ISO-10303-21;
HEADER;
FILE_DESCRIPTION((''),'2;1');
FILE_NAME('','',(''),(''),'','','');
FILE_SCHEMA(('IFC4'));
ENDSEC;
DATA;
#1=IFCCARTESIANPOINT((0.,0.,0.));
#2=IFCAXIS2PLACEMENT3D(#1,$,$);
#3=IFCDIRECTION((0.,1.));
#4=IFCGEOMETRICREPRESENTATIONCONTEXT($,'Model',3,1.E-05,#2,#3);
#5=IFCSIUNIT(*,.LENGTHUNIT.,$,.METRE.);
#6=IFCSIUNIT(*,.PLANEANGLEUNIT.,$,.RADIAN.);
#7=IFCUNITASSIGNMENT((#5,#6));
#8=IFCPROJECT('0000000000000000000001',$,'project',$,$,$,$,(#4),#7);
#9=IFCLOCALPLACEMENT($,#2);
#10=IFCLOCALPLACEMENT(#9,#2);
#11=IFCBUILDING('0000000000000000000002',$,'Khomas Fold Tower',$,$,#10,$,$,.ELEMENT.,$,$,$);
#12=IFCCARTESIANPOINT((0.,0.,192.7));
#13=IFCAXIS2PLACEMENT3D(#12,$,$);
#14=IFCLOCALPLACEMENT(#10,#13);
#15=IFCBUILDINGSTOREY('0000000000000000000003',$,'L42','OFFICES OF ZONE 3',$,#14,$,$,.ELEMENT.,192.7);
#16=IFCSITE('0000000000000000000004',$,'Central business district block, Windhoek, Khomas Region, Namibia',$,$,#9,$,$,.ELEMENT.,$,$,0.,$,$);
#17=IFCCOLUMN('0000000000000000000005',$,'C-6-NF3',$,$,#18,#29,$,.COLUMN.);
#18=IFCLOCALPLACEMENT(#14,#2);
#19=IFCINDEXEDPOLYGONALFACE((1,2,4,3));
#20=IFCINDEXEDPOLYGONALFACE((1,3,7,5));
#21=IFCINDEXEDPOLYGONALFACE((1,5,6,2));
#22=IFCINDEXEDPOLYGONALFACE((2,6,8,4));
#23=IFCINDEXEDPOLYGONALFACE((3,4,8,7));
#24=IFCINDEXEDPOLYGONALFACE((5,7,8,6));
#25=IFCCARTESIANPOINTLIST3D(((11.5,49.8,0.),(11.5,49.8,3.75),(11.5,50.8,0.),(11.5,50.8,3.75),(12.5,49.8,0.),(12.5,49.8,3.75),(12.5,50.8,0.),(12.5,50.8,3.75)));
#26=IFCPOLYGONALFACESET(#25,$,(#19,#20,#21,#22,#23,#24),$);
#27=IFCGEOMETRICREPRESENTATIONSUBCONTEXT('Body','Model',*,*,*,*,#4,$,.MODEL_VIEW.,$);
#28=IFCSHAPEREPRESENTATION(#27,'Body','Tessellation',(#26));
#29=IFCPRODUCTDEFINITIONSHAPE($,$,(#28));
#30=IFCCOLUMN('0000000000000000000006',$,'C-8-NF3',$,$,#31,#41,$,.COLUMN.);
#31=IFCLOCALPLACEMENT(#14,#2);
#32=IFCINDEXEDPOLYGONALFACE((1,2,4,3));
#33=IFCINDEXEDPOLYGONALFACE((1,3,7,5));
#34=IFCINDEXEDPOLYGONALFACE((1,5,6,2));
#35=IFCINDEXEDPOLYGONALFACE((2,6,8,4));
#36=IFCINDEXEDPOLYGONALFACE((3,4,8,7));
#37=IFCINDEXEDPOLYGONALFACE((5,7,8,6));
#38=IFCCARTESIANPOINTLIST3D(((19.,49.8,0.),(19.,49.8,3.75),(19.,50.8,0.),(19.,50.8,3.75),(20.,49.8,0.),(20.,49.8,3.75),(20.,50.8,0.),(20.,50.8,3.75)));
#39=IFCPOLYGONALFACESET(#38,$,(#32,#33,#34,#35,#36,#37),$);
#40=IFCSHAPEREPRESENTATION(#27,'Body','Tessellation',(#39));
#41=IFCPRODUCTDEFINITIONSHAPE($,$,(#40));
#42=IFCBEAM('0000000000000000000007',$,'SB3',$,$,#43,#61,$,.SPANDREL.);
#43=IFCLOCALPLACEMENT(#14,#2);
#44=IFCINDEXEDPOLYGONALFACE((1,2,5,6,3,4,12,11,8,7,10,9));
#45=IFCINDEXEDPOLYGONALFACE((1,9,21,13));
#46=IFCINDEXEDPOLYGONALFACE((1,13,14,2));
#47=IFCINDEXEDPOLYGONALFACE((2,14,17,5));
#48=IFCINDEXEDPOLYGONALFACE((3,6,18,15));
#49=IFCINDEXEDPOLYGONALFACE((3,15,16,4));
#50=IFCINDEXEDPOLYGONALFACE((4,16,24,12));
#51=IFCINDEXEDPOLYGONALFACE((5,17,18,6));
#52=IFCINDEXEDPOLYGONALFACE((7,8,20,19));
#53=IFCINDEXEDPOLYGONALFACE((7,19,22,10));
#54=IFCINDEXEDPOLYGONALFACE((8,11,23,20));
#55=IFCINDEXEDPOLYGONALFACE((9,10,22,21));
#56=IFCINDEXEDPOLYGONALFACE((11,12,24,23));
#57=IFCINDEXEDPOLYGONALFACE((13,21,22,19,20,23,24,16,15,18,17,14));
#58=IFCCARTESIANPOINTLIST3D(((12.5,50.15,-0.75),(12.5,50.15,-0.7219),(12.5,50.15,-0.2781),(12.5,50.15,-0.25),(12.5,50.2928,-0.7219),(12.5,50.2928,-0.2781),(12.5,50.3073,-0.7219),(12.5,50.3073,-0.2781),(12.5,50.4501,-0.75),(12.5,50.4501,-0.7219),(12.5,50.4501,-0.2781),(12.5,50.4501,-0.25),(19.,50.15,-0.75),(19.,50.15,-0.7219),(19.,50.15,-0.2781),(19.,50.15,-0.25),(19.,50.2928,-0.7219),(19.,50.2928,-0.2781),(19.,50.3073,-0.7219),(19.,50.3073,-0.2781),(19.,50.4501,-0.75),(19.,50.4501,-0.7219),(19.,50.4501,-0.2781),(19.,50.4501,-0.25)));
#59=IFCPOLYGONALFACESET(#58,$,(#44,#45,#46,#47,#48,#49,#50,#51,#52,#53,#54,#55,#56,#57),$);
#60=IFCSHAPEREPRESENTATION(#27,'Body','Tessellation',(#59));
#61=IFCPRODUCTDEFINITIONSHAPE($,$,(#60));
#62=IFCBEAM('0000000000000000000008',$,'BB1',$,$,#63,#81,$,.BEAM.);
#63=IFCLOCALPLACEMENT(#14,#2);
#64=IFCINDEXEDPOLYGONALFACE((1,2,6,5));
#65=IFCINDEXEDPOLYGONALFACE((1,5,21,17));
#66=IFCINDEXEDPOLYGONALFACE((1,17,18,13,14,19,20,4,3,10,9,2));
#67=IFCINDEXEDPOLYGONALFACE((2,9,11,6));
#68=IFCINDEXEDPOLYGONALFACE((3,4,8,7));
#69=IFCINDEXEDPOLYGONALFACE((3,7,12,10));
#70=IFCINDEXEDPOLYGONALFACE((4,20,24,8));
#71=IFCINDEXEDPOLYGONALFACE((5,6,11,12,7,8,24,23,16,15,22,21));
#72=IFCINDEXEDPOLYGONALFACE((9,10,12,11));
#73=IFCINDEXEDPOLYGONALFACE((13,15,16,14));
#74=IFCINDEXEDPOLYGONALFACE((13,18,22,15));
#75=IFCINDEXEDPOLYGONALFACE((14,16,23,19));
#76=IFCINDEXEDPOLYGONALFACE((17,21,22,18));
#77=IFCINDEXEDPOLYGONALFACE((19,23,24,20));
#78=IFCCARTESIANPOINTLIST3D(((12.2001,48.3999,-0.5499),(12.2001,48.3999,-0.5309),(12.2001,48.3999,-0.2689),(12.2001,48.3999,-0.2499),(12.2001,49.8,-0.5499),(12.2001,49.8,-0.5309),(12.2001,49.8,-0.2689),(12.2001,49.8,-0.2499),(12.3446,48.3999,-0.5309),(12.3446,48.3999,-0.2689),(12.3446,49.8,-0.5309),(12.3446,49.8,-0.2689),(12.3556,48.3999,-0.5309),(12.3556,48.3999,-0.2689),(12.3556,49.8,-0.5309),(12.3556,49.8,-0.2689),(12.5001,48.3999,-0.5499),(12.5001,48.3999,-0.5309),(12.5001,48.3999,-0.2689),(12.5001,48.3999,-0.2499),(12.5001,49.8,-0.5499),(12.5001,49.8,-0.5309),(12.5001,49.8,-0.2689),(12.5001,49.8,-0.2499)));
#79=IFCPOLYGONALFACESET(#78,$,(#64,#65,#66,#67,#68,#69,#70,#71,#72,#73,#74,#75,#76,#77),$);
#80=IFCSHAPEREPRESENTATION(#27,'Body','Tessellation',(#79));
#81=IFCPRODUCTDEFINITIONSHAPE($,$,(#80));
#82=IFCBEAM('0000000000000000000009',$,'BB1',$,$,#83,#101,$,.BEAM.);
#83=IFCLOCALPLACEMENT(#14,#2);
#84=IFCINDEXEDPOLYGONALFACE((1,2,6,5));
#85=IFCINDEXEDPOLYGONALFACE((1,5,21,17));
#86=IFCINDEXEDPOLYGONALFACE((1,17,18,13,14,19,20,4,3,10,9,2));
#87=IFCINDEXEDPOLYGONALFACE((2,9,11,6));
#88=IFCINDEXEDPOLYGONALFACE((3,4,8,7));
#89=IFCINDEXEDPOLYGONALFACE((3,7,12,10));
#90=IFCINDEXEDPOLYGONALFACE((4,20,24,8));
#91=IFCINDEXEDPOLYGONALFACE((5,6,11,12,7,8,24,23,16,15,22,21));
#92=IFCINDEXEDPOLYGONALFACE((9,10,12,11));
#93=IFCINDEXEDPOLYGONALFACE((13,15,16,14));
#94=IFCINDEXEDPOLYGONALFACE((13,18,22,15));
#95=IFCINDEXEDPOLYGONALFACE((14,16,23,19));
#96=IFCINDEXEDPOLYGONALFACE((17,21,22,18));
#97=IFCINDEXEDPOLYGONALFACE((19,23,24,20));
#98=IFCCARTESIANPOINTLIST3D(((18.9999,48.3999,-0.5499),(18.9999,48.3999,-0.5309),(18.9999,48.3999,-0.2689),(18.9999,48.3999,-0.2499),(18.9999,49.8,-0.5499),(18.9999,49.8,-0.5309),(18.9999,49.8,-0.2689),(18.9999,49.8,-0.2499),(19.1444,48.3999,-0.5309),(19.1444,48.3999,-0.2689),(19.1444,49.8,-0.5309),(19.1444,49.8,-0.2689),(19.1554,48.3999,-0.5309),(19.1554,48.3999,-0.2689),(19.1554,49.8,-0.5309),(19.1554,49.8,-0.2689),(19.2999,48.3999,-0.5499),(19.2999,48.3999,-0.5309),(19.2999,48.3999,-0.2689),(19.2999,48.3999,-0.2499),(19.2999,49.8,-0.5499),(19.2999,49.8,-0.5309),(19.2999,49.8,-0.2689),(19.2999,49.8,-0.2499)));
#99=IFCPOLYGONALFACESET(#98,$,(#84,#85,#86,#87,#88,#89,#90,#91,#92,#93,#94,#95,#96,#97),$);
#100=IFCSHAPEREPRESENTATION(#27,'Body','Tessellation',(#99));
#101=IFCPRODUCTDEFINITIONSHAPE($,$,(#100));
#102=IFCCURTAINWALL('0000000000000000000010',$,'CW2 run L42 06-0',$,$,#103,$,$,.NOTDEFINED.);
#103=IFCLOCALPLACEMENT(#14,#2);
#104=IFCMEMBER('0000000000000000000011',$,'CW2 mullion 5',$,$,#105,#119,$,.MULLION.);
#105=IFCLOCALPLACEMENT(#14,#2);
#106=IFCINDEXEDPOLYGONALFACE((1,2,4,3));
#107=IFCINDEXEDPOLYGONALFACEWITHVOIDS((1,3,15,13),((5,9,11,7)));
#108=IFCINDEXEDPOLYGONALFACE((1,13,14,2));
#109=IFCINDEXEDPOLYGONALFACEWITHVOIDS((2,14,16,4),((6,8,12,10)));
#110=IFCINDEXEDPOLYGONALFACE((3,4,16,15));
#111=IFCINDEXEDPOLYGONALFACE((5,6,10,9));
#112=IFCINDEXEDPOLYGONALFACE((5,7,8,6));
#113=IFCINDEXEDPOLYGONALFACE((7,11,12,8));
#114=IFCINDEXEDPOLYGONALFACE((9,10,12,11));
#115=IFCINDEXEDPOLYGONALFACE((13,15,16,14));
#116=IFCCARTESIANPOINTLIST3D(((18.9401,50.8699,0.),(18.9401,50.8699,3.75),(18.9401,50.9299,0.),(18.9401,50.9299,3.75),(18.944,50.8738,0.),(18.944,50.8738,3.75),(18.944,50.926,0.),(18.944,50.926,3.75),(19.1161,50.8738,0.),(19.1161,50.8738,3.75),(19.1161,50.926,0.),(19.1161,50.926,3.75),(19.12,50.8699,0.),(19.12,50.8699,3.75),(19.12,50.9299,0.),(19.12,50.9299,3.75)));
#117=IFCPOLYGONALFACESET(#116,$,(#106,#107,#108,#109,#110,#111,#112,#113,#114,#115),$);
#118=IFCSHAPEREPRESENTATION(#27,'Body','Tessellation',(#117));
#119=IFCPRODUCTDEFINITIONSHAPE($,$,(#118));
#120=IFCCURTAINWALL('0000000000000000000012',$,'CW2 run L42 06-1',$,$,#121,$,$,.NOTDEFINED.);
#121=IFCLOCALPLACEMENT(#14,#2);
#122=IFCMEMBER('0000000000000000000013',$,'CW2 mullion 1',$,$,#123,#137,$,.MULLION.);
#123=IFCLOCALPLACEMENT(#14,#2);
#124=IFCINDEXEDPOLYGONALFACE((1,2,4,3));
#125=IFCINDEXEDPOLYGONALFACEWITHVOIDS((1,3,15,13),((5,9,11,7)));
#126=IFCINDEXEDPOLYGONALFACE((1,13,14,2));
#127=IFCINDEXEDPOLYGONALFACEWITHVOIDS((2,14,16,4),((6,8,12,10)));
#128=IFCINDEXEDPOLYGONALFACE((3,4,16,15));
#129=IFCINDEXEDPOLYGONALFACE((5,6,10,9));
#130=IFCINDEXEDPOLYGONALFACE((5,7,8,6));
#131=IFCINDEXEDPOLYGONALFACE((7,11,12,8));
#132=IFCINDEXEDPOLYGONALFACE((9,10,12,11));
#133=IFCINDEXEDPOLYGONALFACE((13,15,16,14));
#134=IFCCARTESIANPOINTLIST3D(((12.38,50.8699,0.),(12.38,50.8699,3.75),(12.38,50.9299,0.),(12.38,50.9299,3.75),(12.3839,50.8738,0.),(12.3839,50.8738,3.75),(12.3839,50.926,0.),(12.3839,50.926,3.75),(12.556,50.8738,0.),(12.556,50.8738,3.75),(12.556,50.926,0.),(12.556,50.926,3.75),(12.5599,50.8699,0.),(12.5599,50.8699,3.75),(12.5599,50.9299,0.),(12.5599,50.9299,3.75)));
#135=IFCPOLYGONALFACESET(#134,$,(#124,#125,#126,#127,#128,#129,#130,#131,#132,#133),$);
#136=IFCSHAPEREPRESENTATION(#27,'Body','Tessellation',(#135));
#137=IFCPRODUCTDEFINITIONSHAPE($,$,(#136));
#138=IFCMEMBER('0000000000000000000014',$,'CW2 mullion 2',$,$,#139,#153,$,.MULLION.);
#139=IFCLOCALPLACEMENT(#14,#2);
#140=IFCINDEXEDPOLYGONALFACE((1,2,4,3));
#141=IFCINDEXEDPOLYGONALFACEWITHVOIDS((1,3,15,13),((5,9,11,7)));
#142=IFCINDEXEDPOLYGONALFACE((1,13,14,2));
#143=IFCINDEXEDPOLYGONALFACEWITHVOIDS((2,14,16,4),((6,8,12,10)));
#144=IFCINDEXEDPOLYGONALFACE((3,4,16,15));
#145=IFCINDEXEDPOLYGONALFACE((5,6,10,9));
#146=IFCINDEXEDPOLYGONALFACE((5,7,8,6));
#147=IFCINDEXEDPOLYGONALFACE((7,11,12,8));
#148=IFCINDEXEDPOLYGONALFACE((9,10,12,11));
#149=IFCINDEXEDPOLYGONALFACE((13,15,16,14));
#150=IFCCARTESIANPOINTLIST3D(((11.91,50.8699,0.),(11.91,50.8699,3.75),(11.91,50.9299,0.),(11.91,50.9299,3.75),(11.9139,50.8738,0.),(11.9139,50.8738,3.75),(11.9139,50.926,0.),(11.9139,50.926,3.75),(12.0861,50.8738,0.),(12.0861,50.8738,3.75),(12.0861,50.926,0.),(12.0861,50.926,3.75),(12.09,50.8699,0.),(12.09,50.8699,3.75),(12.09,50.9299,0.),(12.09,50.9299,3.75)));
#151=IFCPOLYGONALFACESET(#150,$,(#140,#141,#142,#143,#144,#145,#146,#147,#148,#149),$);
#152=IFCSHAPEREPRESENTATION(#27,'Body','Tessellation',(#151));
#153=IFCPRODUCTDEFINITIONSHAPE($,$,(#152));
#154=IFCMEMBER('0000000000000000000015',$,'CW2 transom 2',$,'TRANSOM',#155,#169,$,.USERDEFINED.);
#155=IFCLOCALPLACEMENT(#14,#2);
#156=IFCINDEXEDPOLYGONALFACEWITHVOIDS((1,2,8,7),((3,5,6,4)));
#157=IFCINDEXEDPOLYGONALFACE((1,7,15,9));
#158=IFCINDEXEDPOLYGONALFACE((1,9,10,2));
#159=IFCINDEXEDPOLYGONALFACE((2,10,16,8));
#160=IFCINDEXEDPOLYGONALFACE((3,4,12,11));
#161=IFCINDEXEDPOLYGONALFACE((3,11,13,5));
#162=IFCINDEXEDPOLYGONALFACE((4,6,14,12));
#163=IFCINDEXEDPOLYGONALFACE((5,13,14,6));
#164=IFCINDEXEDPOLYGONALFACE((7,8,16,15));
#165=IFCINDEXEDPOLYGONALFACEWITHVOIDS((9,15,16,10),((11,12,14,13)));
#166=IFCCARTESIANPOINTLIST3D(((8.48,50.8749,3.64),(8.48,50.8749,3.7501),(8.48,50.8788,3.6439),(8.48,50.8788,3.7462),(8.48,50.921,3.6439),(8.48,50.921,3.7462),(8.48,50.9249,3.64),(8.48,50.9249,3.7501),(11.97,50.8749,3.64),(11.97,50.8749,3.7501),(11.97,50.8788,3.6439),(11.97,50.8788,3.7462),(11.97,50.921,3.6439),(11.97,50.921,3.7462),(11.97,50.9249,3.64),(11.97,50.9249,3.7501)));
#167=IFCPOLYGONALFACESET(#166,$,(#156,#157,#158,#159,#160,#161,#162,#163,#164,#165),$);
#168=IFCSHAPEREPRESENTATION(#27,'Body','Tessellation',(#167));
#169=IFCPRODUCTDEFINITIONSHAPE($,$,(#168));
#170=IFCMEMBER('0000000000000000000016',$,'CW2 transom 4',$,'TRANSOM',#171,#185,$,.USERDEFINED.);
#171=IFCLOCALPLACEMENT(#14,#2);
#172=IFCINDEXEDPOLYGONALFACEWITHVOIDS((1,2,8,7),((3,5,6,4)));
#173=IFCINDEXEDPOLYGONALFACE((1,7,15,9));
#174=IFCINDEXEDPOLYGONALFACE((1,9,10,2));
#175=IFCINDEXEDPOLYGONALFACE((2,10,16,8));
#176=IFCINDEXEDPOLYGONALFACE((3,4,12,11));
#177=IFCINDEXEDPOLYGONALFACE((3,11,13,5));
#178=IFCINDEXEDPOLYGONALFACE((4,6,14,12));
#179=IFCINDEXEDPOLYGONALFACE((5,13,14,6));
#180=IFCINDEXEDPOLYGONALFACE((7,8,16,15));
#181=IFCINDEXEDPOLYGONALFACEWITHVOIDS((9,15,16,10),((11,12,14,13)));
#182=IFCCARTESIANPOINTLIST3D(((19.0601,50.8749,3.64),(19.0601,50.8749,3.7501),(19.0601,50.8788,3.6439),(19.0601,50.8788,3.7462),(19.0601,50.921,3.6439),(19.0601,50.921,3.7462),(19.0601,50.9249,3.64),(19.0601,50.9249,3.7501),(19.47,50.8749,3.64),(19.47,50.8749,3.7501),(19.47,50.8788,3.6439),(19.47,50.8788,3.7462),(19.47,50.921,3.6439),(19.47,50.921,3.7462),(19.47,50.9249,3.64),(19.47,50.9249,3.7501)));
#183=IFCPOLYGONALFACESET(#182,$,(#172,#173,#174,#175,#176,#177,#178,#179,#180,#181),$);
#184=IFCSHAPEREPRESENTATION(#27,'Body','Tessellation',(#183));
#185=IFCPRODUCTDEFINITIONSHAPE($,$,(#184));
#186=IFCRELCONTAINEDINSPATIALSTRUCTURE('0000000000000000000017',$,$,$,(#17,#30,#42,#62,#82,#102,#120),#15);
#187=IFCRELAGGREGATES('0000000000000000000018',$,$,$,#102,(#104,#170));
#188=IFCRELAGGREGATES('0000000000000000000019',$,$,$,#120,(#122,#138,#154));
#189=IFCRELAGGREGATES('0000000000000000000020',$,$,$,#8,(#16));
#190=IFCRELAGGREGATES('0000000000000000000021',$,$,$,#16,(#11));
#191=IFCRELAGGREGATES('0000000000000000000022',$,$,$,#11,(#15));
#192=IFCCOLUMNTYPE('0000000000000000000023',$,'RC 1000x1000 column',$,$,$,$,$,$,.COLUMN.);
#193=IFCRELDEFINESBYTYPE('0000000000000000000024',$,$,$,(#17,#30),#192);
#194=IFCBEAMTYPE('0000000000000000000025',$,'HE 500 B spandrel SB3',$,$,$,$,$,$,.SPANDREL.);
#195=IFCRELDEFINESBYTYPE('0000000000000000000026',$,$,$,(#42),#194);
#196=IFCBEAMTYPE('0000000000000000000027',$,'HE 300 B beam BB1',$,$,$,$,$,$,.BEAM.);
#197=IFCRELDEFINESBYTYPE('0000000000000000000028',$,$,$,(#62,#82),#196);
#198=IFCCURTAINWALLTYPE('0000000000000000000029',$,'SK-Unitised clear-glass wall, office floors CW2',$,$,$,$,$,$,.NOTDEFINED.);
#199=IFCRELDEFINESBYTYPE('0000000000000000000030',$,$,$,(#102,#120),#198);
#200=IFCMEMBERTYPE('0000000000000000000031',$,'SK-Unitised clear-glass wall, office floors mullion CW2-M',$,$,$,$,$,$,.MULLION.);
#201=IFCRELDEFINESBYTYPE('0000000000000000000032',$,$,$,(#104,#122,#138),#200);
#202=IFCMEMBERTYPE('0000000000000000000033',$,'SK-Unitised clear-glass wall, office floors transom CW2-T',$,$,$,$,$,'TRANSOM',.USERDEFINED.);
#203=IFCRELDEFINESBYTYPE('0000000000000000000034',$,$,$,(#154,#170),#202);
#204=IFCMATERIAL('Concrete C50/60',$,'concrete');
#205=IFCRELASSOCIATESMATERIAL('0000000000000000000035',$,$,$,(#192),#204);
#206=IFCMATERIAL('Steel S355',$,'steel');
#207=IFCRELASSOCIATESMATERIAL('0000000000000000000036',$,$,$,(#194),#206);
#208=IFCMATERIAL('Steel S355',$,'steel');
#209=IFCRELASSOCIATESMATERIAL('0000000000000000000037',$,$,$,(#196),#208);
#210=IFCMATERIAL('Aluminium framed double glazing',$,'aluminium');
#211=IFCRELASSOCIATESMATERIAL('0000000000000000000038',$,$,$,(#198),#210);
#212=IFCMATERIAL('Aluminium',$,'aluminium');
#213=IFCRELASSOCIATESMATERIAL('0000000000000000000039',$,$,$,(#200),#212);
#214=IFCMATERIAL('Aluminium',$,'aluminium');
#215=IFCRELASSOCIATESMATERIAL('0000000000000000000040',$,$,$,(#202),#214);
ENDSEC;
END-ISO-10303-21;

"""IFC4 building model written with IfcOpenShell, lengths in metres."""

from ifc_helpers import new_model, si_unit, direction, frame, origin, origin_2d, place, context, subcontext, project, spatial, rectangle, hollow_rectangle, i_section, extrude, source, transform, mapped, material, material_profile, profile_set, type_object, element, aggregate, save


model = new_model("IFC4")

# Units and contexts
model_context = context("Model", 3, precision=1e-05, world=origin(), true_north=direction((0.0, 1.0)))
body_context = subcontext(model_context, "Body", "Model", "MODEL_VIEW")
ifc_project = project(units=[si_unit("LENGTHUNIT", "METRE"), si_unit("PLANEANGLEUNIT", "RADIAN")], contexts=[model_context])

# Site, building, storey
site_placement = place(None, origin())
site = spatial("IfcSite", under=ifc_project, at=site_placement, Name="Central business district block, Windhoek, Khomas Region, Namibia", CompositionType="ELEMENT", RefElevation=0.0)
building_placement = place(site_placement, origin())
building = spatial("IfcBuilding", under=site, at=building_placement, Name="Khomas Fold Tower", CompositionType="ELEMENT")
storey_placement = place(building_placement, frame((0.0, 0.0, 192.7)))
storey = spatial("IfcBuildingStorey", under=building, at=storey_placement, Name="L42", Description="OFFICES OF ZONE 3", CompositionType="ELEMENT", Elevation=192.7)

# Columns
ifc_material_1 = material(Name="Concrete C50/60", Category="concrete")
ifc_material_profile_1 = material_profile(ifc_material_1, rectangle(XDim=1.0, YDim=1.0, at=origin_2d()), Name="RC 1000x1000")
ifc_profile_set_1 = profile_set([ifc_material_profile_1], Name="Concrete C50/60")
column_type = type_object("IfcColumnType", Name="RC 1000x1000 column", PredefinedType="COLUMN", material=ifc_profile_set_1)
shared_shape_1 = source(origin(), body_context, "Body", "SweptSolid", [
    extrude(rectangle(XDim=1.0, YDim=1.0, at=origin_2d()), origin(), (0.0, 0.0, 1.0), 3.75),
])
for number, where, z_axis, x_axis, name in (
    (1, (12.0, 50.3, 0.0), (0.0, 0.0, 1.0), (1.0, 0.0, 0.0), "C-6-NF3"),
    (2, (19.5, 50.3, 0.0), (0.0, 0.0, 1.0), (1.0, 0.0, 0.0), "C-8-NF3"),
):
    element("IfcColumn", number, at=place(storey_placement, frame(where, z_axis=z_axis, x_axis=x_axis)), inside=storey, type_object=column_type, Name=name, PredefinedType="COLUMN", context=body_context, shape_type="MappedRepresentation", body=[
        mapped(shared_shape_1, transform((0.0, 0.0, 0.0))),
    ])

# Beams
ifc_material_2 = material(Name="Steel S355", Category="steel")
ifc_material_profile_2 = material_profile(ifc_material_2, i_section(OverallWidth=0.3, OverallDepth=0.5, WebThickness=0.0144, FlangeThickness=0.0281, at=origin_2d()), Name="HE 500 B")
ifc_profile_set_2 = profile_set([ifc_material_profile_2], Name="Steel S355")
beam_type_1 = type_object("IfcBeamType", Name="HE 500 B spandrel SB3", PredefinedType="SPANDREL", material=ifc_profile_set_2)
shared_shape_2 = source(origin(), body_context, "Body", "SweptSolid", [
    extrude(i_section(OverallWidth=0.3, OverallDepth=0.5, WebThickness=0.0144, FlangeThickness=0.0281, at=origin_2d()), origin(), (0.0, 0.0, 1.0), 6.5),
])
beam_placement = place(storey_placement, frame((12.5, 50.3, -0.5), z_axis=(1.0, 0.0, 0.0), x_axis=(0.0, 1.0, 0.0)))
element("IfcBeam", 3, at=beam_placement, inside=storey, type_object=beam_type_1, Name="SB3", PredefinedType="SPANDREL", context=body_context, shape_type="MappedRepresentation", body=[
    mapped(shared_shape_2, transform((0.0, 0.0, 0.0))),
])
ifc_material_3 = material(Name="Steel S355", Category="steel")
ifc_material_profile_3 = material_profile(ifc_material_3, i_section(OverallWidth=0.3, OverallDepth=0.3, WebThickness=0.011, FlangeThickness=0.019, at=origin_2d()), Name="HE 300 B")
ifc_profile_set_3 = profile_set([ifc_material_profile_3], Name="Steel S355")
beam_type_2 = type_object("IfcBeamType", Name="HE 300 B beam BB1", PredefinedType="BEAM", material=ifc_profile_set_3)
shared_shape_3 = source(origin(), body_context, "Body", "SweptSolid", [
    extrude(i_section(OverallWidth=0.3, OverallDepth=0.3, WebThickness=0.011, FlangeThickness=0.019, at=origin_2d()), origin(), (0.0, 0.0, 1.0), 1.4001),
])
for number, where, z_axis, x_axis, name in (
    (4, (12.3501, 48.3999, -0.3999), (0.0, 1.0, 0.0), (-1.0, 0.0, 0.0), "BB1"),
    (5, (19.1499, 48.3999, -0.3999), (0.0, 1.0, 0.0), (-1.0, 0.0, 0.0), "BB1"),
):
    element("IfcBeam", number, at=place(storey_placement, frame(where, z_axis=z_axis, x_axis=x_axis)), inside=storey, type_object=beam_type_2, Name=name, PredefinedType="BEAM", context=body_context, shape_type="MappedRepresentation", body=[
        mapped(shared_shape_3, transform((0.0, 0.0, 0.0))),
    ])

# Curtain wall, member
ifc_material_4 = material(Name="Aluminium framed double glazing", Category="aluminium")
curtain_wall_type = type_object("IfcCurtainWallType", Name="SK-Unitised clear-glass wall, office floors CW2", PredefinedType="NOTDEFINED", material=ifc_material_4)
curtain_wall_1_placement = place(storey_placement, origin())
curtain_wall_1 = element("IfcCurtainWall", 6, at=curtain_wall_1_placement, inside=storey, type_object=curtain_wall_type, Name="CW2 run L42 06-0", PredefinedType="NOTDEFINED")
ifc_material_5 = material(Name="Aluminium", Category="aluminium")
ifc_material_profile_4 = material_profile(ifc_material_5, hollow_rectangle(XDim=0.0601, YDim=0.1799, WallThickness=0.0039, at=origin_2d()), Name="SK-Unitised clear-glass wall, office floors mullion CW2-M")
ifc_profile_set_4 = profile_set([ifc_material_profile_4], Name="Aluminium")
member_type_1 = type_object("IfcMemberType", Name="SK-Unitised clear-glass wall, office floors mullion CW2-M", PredefinedType="MULLION", material=ifc_profile_set_4)
shared_shape_4 = source(origin(), body_context, "Body", "SweptSolid", [
    extrude(hollow_rectangle(XDim=0.0601, YDim=0.1799, WallThickness=0.0039, at=origin_2d()), origin(), (0.0, 0.0, 1.0), 3.75),
])
member_1_placement = place(storey_placement, frame((19.03, 50.8999, 0.0), z_axis=(0.0, 0.0, 1.0), x_axis=(0.0, -1.0, 0.0)))
member_1 = element("IfcMember", 7, at=member_1_placement, type_object=member_type_1, Name="CW2 mullion 5", PredefinedType="MULLION", context=body_context, shape_type="MappedRepresentation", body=[
    mapped(shared_shape_4, transform((0.0, 0.0, 0.0))),
])

# Curtain wall, members
curtain_wall_2_placement = place(storey_placement, origin())
curtain_wall_2 = element("IfcCurtainWall", 8, at=curtain_wall_2_placement, inside=storey, type_object=curtain_wall_type, Name="CW2 run L42 06-1", PredefinedType="NOTDEFINED")
member_2_placement = place(storey_placement, frame((12.47, 50.8999, 0.0), z_axis=(0.0, 0.0, 1.0), x_axis=(0.0, -1.0, 0.0)))
member_2 = element("IfcMember", 9, at=member_2_placement, type_object=member_type_1, Name="CW2 mullion 1", PredefinedType="MULLION", context=body_context, shape_type="MappedRepresentation", body=[
    mapped(shared_shape_4, transform((0.0, 0.0, 0.0))),
])
member_3_placement = place(storey_placement, frame((12.0, 50.8999, 0.0), z_axis=(0.0, 0.0, 1.0), x_axis=(0.0, -1.0, 0.0)))
member_3 = element("IfcMember", 10, at=member_3_placement, type_object=member_type_1, Name="CW2 mullion 2", PredefinedType="MULLION", context=body_context, shape_type="MappedRepresentation", body=[
    mapped(shared_shape_4, transform((0.0, 0.0, 0.0))),
])
ifc_material_6 = material(Name="Aluminium", Category="aluminium")
ifc_material_profile_5 = material_profile(ifc_material_6, hollow_rectangle(XDim=0.05, YDim=0.1101, WallThickness=0.0039, at=origin_2d()), Name="SK-Unitised clear-glass wall, office floors transom CW2-T")
ifc_profile_set_5 = profile_set([ifc_material_profile_5], Name="Aluminium")
member_type_2 = type_object("IfcMemberType", Name="SK-Unitised clear-glass wall, office floors transom CW2-T", ElementType="TRANSOM", PredefinedType="USERDEFINED", material=ifc_profile_set_5)
shared_shape_5 = source(origin(), body_context, "Body", "SweptSolid", [
    extrude(hollow_rectangle(XDim=0.05, YDim=0.1101, WallThickness=0.0039, at=origin_2d()), origin(), (0.0, 0.0, 1.0), 3.49),
])
member_4_placement = place(storey_placement, frame((11.97, 50.8999, 3.6951), z_axis=(-1.0, 0.0, 0.0), x_axis=(0.0, -1.0, 0.0)))
member_4 = element("IfcMember", 11, at=member_4_placement, type_object=member_type_2, Name="CW2 transom 2", ObjectType="TRANSOM", PredefinedType="USERDEFINED", context=body_context, shape_type="MappedRepresentation", body=[
    mapped(shared_shape_5, transform((0.0, 0.0, 0.0))),
])

# Member
shared_shape_6 = source(origin(), body_context, "Body", "SweptSolid", [
    extrude(hollow_rectangle(XDim=0.05, YDim=0.1101, WallThickness=0.0039, at=origin_2d()), origin(), (0.0, 0.0, 1.0), 0.4099),
])
member_5_placement = place(storey_placement, frame((19.47, 50.8999, 3.6951), z_axis=(-1.0, 0.0, 0.0), x_axis=(0.0, -1.0, 0.0)))
member_5 = element("IfcMember", 12, at=member_5_placement, type_object=member_type_2, Name="CW2 transom 4", ObjectType="TRANSOM", PredefinedType="USERDEFINED", context=body_context, shape_type="MappedRepresentation", body=[
    mapped(shared_shape_6, transform((0.0, 0.0, 0.0))),
])

aggregate(curtain_wall_1, [member_1, member_5])
aggregate(curtain_wall_2, [member_2, member_3, member_4])

save(model, "model.ifc")
